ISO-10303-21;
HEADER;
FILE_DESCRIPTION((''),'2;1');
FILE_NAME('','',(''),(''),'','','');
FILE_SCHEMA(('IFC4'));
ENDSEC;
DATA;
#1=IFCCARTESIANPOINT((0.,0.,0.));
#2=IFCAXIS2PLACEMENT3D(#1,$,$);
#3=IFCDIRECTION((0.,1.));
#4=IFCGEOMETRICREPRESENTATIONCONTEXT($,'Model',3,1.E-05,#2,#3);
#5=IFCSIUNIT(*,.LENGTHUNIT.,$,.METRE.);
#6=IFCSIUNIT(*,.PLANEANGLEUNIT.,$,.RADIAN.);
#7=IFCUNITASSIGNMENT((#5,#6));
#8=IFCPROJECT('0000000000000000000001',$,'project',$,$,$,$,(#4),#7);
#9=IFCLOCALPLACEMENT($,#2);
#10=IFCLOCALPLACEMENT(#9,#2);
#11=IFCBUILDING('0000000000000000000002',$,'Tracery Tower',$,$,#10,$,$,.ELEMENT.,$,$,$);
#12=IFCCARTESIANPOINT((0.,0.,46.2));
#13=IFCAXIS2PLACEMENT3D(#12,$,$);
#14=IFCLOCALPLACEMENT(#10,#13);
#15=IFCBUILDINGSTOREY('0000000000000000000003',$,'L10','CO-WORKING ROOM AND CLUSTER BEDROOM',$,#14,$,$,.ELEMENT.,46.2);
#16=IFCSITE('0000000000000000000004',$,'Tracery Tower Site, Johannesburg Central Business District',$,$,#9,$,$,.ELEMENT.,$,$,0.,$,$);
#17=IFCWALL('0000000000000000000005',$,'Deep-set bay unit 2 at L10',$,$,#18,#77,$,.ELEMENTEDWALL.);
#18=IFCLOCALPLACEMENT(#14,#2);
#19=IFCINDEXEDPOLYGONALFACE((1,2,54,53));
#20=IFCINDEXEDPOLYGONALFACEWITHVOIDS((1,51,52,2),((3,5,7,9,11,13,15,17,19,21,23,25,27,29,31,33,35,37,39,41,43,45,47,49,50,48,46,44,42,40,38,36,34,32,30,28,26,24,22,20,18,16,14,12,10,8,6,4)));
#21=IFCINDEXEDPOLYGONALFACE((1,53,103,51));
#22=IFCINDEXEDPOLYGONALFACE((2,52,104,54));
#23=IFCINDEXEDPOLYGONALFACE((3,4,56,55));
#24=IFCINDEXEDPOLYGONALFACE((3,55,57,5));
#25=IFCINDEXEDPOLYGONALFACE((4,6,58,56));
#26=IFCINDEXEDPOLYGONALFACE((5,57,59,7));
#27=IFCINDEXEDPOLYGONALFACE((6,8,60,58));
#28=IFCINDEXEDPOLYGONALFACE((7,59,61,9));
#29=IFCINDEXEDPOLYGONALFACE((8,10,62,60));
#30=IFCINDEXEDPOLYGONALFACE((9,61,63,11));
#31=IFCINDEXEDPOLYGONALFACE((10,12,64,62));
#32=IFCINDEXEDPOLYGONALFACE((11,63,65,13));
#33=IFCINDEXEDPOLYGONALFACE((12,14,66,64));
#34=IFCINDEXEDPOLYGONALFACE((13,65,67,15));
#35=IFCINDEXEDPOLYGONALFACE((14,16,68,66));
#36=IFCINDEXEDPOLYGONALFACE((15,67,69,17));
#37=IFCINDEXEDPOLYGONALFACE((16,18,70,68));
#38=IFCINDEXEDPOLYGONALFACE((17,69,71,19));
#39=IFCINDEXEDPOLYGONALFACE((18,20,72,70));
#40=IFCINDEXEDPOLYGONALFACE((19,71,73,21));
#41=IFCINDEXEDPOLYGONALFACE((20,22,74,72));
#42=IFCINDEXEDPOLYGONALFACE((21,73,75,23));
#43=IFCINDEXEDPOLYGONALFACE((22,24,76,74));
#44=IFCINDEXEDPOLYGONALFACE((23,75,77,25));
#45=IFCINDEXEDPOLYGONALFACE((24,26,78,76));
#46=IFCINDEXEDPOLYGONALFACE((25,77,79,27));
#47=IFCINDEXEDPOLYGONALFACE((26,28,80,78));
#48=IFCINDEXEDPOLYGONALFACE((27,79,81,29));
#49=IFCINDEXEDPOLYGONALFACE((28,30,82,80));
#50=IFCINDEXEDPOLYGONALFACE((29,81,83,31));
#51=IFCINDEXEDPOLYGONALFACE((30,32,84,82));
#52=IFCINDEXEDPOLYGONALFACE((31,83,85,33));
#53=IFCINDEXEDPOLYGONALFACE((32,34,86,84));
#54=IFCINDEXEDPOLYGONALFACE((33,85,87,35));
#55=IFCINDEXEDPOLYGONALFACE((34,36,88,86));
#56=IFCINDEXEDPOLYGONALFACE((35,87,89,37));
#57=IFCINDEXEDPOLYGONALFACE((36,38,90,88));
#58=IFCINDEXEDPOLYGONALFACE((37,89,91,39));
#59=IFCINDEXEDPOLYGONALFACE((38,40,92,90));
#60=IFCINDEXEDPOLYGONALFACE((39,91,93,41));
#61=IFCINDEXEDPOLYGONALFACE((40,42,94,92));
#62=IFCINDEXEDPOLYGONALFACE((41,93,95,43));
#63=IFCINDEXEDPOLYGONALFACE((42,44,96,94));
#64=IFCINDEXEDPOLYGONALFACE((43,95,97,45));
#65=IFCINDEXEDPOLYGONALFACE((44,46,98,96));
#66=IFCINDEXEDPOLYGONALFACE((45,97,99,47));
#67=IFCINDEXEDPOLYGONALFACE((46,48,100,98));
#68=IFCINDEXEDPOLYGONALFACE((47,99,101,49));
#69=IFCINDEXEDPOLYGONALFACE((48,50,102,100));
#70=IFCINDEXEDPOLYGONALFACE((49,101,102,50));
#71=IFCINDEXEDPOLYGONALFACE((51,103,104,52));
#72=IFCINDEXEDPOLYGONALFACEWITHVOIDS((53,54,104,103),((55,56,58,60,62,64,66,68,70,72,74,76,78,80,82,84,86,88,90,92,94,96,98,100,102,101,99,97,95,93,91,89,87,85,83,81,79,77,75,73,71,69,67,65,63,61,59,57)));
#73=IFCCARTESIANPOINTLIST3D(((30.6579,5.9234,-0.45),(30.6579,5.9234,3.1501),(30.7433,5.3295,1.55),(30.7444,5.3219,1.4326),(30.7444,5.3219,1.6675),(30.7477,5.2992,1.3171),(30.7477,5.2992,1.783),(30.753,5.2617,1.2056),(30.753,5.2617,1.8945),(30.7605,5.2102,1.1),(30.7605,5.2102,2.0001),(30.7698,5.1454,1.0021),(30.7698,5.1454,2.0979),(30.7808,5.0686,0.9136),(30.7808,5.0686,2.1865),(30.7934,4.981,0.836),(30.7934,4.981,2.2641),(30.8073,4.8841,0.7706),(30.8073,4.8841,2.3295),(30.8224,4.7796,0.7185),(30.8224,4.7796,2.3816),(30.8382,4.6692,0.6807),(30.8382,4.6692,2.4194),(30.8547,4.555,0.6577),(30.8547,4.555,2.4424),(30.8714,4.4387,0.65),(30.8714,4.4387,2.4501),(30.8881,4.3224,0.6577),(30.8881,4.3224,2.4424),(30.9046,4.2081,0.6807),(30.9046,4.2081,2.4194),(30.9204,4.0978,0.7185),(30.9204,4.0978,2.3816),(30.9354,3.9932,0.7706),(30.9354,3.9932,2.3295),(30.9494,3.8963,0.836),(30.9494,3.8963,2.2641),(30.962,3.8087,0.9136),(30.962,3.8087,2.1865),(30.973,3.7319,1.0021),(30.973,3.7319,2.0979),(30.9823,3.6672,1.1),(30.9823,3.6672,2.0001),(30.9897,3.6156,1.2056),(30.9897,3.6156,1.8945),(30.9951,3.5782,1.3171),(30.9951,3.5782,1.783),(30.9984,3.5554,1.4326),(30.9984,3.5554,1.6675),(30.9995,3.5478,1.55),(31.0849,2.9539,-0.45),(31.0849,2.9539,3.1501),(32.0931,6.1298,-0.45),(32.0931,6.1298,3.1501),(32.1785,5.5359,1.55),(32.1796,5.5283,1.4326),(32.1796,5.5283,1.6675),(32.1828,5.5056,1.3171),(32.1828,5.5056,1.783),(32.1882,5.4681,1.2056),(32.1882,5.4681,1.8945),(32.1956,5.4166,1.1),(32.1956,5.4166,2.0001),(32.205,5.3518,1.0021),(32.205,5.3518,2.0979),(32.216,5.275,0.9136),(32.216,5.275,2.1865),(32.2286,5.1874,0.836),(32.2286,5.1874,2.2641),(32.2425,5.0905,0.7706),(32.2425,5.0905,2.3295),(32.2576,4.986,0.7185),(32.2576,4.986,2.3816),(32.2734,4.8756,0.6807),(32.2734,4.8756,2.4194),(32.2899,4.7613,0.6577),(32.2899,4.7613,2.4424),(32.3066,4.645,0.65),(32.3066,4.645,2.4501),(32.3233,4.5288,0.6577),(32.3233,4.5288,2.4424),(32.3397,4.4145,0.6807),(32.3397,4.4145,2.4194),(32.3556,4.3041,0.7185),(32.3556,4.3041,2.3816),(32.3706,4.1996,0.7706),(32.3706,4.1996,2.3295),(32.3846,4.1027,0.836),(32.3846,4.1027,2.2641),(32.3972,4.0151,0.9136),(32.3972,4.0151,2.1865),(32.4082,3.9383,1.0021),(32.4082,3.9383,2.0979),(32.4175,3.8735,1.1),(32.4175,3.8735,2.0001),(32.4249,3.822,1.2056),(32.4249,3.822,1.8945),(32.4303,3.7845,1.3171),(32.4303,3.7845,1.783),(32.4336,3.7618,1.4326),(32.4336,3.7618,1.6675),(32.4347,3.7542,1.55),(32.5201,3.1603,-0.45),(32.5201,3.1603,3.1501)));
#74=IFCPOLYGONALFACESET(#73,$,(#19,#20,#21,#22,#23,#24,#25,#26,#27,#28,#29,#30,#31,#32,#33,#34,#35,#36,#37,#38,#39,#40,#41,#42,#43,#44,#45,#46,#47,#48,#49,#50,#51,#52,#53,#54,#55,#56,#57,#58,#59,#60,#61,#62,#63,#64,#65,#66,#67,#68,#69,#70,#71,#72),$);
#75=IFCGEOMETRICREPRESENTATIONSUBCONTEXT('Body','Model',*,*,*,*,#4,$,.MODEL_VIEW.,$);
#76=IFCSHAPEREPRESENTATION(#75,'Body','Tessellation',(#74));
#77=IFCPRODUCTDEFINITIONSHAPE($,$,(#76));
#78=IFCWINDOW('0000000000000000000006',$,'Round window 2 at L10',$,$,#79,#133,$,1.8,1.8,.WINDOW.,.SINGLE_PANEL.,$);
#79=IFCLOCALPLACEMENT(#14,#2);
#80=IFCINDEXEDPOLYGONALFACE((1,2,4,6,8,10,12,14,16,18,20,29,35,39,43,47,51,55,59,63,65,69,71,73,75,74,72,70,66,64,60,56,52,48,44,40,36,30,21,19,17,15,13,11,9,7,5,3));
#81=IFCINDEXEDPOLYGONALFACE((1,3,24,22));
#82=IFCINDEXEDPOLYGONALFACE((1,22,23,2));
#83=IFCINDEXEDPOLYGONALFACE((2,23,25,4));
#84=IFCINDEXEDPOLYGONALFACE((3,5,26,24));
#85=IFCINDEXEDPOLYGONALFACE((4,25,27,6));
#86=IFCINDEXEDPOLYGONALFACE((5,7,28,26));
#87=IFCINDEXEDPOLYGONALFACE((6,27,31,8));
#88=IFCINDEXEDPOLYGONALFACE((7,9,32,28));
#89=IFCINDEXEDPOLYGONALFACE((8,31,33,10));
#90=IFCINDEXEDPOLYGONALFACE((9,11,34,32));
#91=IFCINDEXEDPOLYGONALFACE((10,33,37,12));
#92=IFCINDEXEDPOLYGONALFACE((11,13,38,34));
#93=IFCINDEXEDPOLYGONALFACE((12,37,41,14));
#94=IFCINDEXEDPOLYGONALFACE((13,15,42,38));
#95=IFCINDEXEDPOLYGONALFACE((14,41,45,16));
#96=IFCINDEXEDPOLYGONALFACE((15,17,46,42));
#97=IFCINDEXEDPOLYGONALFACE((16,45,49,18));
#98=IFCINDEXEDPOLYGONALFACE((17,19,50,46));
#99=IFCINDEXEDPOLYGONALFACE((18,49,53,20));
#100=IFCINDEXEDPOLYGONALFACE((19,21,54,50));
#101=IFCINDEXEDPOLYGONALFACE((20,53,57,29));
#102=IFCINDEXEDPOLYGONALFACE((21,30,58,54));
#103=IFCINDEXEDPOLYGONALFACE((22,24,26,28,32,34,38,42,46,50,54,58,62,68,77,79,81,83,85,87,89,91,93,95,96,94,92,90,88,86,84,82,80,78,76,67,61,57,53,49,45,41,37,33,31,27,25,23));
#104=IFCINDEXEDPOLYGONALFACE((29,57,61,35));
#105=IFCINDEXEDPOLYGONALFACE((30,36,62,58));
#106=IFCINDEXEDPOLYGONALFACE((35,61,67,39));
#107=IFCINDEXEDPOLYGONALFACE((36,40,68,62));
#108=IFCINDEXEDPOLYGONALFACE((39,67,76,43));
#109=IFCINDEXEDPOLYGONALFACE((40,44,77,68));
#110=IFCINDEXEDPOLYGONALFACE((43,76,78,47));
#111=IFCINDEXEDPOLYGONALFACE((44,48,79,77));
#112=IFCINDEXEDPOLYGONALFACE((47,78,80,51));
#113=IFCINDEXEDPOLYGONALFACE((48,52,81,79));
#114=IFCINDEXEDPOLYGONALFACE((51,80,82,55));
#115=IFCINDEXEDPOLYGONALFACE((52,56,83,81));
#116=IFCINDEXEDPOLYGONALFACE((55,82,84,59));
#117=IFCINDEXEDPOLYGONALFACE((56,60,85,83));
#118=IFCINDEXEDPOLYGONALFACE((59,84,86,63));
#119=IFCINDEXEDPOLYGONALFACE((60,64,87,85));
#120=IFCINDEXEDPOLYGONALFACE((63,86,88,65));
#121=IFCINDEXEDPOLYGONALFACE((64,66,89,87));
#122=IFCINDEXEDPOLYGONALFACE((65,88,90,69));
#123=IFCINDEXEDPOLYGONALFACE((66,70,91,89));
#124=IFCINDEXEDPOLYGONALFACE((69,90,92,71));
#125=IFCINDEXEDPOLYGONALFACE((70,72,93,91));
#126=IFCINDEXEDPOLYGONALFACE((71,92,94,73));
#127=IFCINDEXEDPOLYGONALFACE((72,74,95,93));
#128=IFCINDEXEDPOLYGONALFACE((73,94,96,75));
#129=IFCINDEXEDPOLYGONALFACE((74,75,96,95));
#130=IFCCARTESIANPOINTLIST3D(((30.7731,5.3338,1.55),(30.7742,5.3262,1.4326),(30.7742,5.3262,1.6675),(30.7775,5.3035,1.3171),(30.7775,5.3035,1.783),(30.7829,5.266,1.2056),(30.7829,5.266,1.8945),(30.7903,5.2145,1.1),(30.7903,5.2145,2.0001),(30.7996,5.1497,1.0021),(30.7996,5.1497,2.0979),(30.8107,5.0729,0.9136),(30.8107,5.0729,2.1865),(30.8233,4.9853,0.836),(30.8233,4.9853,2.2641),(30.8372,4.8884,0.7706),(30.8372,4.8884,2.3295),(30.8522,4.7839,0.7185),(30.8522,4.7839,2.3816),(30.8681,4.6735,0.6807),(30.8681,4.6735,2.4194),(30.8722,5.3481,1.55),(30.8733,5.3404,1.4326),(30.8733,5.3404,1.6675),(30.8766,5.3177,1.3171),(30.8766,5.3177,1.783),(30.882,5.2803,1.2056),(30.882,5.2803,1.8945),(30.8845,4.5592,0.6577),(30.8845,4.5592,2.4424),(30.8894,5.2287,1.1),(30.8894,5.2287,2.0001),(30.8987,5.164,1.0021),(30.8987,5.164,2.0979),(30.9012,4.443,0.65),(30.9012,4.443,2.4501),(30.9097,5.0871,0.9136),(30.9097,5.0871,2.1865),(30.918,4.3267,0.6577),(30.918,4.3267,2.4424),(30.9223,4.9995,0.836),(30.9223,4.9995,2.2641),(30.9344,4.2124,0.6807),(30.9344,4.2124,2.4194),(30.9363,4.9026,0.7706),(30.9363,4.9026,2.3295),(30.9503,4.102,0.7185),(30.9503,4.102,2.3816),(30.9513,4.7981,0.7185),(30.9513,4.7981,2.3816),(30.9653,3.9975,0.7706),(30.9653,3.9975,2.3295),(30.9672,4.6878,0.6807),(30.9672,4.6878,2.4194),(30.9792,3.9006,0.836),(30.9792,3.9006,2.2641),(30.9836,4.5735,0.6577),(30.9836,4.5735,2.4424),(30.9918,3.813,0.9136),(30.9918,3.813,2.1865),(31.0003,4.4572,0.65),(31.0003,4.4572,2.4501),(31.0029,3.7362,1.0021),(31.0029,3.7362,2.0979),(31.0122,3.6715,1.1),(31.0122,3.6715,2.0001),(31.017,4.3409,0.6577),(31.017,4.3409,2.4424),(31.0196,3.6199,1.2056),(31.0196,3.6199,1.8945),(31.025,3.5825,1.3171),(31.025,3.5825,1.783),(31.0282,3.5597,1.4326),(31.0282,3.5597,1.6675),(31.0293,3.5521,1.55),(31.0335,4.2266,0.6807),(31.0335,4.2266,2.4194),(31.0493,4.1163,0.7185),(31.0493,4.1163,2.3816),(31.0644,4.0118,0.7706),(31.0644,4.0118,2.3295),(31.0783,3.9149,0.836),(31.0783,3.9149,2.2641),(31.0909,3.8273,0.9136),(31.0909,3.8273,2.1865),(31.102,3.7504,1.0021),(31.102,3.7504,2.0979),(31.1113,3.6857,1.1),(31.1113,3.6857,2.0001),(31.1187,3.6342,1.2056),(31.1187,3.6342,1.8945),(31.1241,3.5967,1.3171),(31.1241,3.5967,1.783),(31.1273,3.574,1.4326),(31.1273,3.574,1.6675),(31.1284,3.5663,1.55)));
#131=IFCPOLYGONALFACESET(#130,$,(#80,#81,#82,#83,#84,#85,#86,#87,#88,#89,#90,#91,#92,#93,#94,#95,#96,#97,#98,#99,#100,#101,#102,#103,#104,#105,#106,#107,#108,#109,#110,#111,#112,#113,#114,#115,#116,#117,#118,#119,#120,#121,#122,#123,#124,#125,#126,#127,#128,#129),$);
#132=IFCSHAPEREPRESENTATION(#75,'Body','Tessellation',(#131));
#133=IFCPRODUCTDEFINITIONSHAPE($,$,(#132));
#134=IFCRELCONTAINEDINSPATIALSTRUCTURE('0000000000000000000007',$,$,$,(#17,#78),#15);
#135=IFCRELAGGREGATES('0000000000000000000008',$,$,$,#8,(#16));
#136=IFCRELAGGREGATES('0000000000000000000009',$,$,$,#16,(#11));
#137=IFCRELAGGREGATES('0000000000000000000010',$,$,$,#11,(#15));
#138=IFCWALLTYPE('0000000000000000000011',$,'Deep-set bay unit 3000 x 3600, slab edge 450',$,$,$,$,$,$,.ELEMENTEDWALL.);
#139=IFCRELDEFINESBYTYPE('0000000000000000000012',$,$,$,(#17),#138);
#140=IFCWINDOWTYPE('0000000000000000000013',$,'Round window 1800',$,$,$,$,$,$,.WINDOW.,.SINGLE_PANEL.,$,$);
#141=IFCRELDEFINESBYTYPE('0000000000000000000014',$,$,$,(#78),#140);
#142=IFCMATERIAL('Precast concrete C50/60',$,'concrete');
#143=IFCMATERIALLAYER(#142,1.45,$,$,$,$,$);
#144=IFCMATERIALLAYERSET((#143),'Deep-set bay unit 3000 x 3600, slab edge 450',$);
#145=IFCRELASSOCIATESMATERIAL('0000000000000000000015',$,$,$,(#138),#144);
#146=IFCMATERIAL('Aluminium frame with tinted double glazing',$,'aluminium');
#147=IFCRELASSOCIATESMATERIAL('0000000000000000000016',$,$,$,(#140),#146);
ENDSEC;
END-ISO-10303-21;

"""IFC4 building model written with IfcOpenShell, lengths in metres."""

from ifc_helpers import new_model, si_unit, direction, frame, frame_2d, origin, origin_2d, place, context, subcontext, project, spatial, rectangle, circle, extrude, material, layer, layer_set, type_object, element, fill, save


model = new_model("IFC4")

# Units and contexts
model_context = context("Model", 3, precision=1e-05, world=origin(), true_north=direction((0.0, 1.0)))
body_context = subcontext(model_context, "Body", "Model", "MODEL_VIEW")
ifc_project = project(units=[si_unit("LENGTHUNIT", "METRE"), si_unit("PLANEANGLEUNIT", "RADIAN")], contexts=[model_context])

# Site, building, storey
site_placement = place(None, origin())
site = spatial("IfcSite", under=ifc_project, at=site_placement, Name="Tracery Tower Site, Johannesburg Central Business District", CompositionType="ELEMENT", RefElevation=0.0)
building_placement = place(site_placement, origin())
building = spatial("IfcBuilding", under=site, at=building_placement, Name="Tracery Tower", CompositionType="ELEMENT")
storey_placement = place(building_placement, frame((0.0, 0.0, 46.2)))
storey = spatial("IfcBuildingStorey", under=building, at=storey_placement, Name="L10", Description="CO-WORKING ROOM AND CLUSTER BEDROOM", CompositionType="ELEMENT", Elevation=46.2)

# Wall, opening, window
ifc_material_1 = material(Name="Precast concrete C50/60", Category="concrete")
ifc_layer_1 = layer(ifc_material_1, 1.45)
ifc_layer_set_1 = layer_set([ifc_layer_1], Name="Deep-set bay unit 3000 x 3600, slab edge 450")
wall_type_1 = type_object("IfcWallType", Name="Deep-set bay unit 3000 x 3600, slab edge 450", PredefinedType="ELEMENTEDWALL", material=ifc_layer_set_1)
wall_1_placement = place(storey_placement, frame((31.8025, 3.0571, -0.45), z_axis=(0.0, 0.0, 1.0), x_axis=(-0.142333, 0.989819, 0.0)))
wall_1 = element("IfcWall", 1, at=wall_1_placement, inside=storey, type_object=wall_type_1, Name="Deep-set bay unit 2 at L10", PredefinedType="ELEMENTEDWALL", context=body_context, shape_type="SweptSolid", body=[
    extrude(rectangle(XDim=3.0, YDim=1.45, at=frame_2d((1.5, 0.0))), origin(), (0.0, 0.0, 1.0), 3.6001),
])
opening_1_placement = place(wall_1_placement, frame((1.5, 0.0, 2.0)))
opening_1 = element("IfcOpeningElement", 2, at=opening_1_placement, cuts=wall_1, PredefinedType="OPENING", context=body_context, shape_type="SweptSolid", body=[
    extrude(circle(Radius=0.9, at=origin_2d()), frame((0.0, 0.7349, 0.0), z_axis=(0.0, -1.0, 0.0), x_axis=(1.0, 0.0, 0.0)), (0.0, 0.0, 1.0), 1.47),
])
ifc_material_2 = material(Name="Aluminium frame with tinted double glazing", Category="aluminium")
window_type = type_object("IfcWindowType", Name="Round window 1800", PartitioningType="SINGLE_PANEL", PredefinedType="WINDOW", material=ifc_material_2)
window_1_placement = place(opening_1_placement, origin())
window_1 = element("IfcWindow", 3, at=window_1_placement, inside=storey, type_object=window_type, Name="Round window 2 at L10", OverallHeight=1.8, OverallWidth=1.8, PartitioningType="SINGLE_PANEL", PredefinedType="WINDOW", context=body_context, shape_type="SweptSolid", body=[
    extrude(circle(Radius=0.9, at=origin_2d()), frame((0.0, 0.6948, 0.0), z_axis=(0.0, -1.0, 0.0), x_axis=(1.0, 0.0, 0.0)), (0.0, 0.0, 1.0), 0.1001),
])
fill(opening_1, window_1)

save(model, "model.ifc")
